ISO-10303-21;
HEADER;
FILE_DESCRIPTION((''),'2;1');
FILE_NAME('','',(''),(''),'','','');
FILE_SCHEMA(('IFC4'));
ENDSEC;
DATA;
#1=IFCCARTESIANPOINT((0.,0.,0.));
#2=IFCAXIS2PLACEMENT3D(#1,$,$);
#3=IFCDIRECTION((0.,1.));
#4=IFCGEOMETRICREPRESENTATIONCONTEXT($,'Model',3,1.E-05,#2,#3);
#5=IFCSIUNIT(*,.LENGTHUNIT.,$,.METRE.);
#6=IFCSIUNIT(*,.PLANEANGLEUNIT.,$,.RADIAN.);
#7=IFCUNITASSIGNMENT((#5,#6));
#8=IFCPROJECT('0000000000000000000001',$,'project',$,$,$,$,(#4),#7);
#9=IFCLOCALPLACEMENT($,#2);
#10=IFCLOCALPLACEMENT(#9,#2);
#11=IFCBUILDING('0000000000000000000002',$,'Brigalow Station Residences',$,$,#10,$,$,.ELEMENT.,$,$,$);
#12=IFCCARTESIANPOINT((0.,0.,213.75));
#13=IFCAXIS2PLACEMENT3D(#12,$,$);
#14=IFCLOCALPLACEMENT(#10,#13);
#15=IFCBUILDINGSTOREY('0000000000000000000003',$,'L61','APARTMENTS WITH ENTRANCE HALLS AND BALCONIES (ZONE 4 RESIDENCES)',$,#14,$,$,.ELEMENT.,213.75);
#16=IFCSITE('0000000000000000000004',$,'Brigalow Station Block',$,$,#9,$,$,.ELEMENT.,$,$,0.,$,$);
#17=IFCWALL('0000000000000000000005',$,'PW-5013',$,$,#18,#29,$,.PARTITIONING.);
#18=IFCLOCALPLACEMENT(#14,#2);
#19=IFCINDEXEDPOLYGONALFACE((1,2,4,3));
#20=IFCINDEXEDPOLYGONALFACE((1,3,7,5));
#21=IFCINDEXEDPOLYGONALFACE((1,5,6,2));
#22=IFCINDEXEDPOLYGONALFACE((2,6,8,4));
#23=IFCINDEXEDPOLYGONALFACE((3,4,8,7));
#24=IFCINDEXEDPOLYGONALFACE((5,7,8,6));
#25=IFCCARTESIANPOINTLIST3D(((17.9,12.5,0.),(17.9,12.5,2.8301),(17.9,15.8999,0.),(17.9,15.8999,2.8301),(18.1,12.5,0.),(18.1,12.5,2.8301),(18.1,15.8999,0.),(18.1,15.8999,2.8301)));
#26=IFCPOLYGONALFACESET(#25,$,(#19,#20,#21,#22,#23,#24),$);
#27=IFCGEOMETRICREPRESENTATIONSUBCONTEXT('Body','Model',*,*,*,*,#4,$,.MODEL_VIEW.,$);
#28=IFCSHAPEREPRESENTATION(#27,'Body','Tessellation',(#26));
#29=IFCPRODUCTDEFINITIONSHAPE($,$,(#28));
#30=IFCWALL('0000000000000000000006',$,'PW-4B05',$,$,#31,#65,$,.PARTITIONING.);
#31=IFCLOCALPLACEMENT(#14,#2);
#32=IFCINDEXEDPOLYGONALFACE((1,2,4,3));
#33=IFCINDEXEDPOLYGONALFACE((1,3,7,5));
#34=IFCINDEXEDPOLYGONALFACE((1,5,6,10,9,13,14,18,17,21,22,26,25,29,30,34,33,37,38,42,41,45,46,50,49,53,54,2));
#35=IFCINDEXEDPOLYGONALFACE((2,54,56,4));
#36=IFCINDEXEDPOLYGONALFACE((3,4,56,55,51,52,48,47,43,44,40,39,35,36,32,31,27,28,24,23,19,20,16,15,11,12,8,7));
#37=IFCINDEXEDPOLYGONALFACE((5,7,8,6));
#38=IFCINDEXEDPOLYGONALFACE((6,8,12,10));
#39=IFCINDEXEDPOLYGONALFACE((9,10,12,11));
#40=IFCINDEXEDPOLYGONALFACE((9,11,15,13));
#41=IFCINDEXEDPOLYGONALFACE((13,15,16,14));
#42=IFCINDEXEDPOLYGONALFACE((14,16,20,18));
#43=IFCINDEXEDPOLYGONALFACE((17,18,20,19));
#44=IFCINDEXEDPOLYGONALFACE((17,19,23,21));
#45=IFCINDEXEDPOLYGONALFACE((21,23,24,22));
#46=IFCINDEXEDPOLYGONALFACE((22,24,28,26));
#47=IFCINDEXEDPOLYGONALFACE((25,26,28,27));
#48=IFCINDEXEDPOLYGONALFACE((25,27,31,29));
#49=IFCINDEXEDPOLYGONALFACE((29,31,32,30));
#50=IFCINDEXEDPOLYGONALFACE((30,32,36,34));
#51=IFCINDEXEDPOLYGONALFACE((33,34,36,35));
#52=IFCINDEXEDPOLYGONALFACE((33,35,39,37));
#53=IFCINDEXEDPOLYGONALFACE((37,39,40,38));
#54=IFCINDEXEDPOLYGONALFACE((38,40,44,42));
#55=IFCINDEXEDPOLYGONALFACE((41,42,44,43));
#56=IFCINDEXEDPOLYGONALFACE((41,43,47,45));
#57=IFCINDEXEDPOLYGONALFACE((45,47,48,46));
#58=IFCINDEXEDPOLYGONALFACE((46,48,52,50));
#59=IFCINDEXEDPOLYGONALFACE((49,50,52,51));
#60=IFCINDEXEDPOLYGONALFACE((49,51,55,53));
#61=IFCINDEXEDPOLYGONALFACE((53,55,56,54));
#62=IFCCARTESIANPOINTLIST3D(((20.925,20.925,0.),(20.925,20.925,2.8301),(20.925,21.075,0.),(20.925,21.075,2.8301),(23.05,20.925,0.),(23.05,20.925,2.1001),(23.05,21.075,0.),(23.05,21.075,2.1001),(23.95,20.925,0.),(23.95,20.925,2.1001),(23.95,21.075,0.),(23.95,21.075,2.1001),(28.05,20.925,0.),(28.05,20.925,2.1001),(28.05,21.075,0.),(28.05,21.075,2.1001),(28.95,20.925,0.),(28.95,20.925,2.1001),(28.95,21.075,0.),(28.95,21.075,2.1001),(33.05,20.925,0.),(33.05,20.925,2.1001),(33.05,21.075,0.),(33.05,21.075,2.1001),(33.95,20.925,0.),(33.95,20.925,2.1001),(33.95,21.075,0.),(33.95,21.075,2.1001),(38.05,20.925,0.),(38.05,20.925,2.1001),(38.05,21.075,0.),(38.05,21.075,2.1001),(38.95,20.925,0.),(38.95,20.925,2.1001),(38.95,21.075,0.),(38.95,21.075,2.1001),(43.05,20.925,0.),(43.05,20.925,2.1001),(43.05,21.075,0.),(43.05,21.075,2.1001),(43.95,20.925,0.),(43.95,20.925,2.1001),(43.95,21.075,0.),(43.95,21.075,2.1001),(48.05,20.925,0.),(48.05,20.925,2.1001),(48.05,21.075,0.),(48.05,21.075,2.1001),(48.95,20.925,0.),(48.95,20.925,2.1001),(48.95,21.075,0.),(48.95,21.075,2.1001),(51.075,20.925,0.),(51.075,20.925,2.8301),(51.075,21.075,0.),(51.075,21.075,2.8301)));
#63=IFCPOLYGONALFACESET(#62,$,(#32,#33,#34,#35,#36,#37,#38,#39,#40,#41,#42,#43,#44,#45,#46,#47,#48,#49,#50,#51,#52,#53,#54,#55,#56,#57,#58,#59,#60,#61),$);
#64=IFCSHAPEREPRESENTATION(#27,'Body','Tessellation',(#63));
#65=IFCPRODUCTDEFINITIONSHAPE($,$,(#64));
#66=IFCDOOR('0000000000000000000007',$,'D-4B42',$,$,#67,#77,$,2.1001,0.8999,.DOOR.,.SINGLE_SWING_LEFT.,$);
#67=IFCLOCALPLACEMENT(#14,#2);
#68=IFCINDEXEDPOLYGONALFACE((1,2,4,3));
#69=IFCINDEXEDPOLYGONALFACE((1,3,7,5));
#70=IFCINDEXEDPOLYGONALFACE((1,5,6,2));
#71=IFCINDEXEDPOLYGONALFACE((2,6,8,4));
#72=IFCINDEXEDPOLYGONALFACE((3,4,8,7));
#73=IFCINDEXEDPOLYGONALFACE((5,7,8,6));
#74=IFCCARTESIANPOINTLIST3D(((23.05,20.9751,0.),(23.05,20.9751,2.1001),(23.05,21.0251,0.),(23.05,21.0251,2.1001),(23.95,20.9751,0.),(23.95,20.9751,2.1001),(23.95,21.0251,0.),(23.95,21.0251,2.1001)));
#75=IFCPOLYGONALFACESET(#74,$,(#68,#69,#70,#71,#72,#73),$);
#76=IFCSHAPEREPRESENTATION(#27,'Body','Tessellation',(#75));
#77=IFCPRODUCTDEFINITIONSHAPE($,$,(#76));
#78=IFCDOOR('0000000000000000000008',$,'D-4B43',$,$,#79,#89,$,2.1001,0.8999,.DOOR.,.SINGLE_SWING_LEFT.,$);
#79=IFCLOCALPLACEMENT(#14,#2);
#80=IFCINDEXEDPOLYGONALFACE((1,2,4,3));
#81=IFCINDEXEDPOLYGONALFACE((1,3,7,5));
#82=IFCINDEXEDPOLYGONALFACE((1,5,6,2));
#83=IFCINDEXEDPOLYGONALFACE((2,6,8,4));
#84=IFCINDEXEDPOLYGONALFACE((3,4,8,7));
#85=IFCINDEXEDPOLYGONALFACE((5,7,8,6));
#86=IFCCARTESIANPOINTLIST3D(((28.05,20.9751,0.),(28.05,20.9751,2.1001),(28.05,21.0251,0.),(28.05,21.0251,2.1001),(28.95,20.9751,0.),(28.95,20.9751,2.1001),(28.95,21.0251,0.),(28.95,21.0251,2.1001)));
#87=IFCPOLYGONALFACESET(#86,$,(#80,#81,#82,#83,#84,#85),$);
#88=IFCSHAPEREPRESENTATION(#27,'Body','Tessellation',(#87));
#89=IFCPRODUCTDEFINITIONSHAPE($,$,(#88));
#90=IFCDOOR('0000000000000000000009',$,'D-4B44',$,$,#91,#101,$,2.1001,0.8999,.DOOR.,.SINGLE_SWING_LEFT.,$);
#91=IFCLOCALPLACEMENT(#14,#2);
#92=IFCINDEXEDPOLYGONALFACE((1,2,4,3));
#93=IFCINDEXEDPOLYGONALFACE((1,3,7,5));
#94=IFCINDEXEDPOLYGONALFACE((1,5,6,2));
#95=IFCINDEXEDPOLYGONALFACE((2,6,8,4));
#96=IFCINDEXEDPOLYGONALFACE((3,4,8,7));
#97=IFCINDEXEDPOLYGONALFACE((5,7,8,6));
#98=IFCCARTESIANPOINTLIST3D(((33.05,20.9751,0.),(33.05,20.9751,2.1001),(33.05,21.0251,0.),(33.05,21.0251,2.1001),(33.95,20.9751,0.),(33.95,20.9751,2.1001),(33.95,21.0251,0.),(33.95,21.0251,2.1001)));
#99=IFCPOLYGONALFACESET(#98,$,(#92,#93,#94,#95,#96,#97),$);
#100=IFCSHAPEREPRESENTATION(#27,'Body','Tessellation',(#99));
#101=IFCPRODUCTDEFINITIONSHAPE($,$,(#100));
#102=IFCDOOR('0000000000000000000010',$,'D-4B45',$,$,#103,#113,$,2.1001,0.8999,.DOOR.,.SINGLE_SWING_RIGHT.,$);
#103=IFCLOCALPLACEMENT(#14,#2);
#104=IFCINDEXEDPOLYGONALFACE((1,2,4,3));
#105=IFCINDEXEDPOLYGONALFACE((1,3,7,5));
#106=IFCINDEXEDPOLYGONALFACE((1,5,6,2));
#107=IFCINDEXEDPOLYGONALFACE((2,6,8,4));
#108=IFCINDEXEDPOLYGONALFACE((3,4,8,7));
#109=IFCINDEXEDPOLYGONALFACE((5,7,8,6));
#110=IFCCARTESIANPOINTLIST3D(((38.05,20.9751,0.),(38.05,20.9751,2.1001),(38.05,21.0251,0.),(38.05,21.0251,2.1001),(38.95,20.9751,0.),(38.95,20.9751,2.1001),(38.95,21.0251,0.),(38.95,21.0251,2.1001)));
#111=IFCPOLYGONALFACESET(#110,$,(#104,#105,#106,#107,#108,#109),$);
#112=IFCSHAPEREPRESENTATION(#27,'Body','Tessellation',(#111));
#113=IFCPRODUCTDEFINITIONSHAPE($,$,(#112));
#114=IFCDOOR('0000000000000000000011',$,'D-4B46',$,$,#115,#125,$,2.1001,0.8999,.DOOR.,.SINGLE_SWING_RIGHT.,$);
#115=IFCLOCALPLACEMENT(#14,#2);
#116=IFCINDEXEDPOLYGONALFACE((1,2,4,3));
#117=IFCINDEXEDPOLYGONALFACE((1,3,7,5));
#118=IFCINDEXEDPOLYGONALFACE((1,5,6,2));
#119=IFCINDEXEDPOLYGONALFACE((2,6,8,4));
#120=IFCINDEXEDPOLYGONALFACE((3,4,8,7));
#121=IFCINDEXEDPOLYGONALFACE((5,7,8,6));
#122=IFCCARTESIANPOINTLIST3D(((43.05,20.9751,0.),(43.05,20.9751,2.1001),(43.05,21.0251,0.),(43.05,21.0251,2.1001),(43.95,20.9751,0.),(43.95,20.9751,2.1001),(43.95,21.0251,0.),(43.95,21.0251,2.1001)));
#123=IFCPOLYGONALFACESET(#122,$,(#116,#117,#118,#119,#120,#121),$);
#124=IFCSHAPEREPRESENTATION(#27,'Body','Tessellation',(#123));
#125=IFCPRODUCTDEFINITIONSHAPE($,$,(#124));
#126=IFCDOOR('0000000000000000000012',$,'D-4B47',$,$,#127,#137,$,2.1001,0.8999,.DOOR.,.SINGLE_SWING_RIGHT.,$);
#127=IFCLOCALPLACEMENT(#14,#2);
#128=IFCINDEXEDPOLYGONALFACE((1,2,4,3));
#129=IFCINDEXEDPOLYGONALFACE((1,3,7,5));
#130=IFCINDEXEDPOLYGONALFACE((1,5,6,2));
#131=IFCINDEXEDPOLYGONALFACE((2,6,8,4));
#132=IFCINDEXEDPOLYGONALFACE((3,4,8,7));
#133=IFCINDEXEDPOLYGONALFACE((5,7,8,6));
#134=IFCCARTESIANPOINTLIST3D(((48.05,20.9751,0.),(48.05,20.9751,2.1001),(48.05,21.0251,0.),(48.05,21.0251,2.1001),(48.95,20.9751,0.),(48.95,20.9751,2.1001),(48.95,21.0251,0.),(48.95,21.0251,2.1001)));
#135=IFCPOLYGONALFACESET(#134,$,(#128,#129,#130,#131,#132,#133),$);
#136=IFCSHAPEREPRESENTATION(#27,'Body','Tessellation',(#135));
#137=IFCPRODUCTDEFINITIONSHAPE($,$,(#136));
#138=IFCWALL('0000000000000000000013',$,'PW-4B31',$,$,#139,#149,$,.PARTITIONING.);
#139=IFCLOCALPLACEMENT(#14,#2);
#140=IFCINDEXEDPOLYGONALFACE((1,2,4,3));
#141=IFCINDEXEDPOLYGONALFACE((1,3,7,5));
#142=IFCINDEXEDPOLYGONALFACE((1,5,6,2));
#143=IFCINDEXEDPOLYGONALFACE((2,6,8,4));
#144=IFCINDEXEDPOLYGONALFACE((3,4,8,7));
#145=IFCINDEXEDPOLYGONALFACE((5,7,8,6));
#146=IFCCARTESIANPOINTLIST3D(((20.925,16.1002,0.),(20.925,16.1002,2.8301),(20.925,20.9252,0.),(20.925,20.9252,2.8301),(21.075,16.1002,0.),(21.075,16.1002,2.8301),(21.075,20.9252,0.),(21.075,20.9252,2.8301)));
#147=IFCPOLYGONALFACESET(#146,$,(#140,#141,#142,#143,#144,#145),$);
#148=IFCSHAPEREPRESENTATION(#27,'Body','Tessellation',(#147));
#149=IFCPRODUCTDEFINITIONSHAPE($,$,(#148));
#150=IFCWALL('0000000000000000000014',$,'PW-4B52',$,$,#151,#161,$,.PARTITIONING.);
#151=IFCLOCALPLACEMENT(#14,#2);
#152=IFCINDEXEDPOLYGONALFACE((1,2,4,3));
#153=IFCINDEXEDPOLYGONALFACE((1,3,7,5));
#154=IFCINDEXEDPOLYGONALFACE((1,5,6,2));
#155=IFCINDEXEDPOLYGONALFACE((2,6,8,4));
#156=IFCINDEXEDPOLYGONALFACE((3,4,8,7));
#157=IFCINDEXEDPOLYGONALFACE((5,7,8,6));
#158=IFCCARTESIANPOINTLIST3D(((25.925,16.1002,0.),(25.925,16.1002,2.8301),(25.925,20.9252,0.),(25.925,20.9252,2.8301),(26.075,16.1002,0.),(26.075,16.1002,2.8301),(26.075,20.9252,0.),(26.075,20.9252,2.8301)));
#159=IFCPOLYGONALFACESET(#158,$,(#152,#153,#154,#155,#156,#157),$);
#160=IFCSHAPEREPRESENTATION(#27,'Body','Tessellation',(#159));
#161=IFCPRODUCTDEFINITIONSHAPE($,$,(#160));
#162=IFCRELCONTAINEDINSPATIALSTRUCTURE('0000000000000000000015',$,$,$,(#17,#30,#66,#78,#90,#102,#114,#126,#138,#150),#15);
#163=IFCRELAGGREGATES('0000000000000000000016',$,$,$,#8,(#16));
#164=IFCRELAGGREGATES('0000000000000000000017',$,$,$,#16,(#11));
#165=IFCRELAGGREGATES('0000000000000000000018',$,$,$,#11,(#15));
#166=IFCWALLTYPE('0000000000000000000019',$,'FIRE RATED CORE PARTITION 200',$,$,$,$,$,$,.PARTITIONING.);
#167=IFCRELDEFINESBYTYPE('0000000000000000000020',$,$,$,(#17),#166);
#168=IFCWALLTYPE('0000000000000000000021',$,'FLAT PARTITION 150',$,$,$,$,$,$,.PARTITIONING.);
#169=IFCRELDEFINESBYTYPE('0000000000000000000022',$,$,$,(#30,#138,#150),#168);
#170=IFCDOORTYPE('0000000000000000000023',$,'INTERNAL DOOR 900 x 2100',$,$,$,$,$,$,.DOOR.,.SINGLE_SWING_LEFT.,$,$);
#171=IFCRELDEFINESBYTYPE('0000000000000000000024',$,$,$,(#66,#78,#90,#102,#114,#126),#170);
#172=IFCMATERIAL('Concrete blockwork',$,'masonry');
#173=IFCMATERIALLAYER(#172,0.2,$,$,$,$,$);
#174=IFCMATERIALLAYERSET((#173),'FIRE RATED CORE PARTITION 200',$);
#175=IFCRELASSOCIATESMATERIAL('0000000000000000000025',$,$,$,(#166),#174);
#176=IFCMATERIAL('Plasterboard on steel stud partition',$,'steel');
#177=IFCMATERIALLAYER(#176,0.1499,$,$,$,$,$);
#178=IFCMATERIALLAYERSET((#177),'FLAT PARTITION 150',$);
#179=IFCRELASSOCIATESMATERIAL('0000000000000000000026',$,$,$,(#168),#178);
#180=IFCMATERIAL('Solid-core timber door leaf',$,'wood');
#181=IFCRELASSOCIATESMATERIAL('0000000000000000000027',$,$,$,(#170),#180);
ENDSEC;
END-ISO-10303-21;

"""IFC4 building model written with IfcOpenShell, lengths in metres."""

from ifc_helpers import new_model, si_unit, direction, frame, frame_2d, origin, place, context, subcontext, project, spatial, rectangle, extrude, material, layer, layer_set, type_object, element, fill, save


model = new_model("IFC4")

# Units and contexts
model_context = context("Model", 3, precision=1e-05, world=origin(), true_north=direction((0.0, 1.0)))
body_context = subcontext(model_context, "Body", "Model", "MODEL_VIEW")
ifc_project = project(units=[si_unit("LENGTHUNIT", "METRE"), si_unit("PLANEANGLEUNIT", "RADIAN")], contexts=[model_context])

# Site, building, storey
site_placement = place(None, origin())
site = spatial("IfcSite", under=ifc_project, at=site_placement, Name="Brigalow Station Block", CompositionType="ELEMENT", RefElevation=0.0)
building_placement = place(site_placement, origin())
building = spatial("IfcBuilding", under=site, at=building_placement, Name="Brigalow Station Residences", CompositionType="ELEMENT")
storey_placement = place(building_placement, frame((0.0, 0.0, 213.75)))
storey = spatial("IfcBuildingStorey", under=building, at=storey_placement, Name="L61", Description="APARTMENTS WITH ENTRANCE HALLS AND BALCONIES (ZONE 4 RESIDENCES)", CompositionType="ELEMENT", Elevation=213.75)

# Wall
ifc_material_1 = material(Name="Concrete blockwork", Category="masonry")
ifc_layer_1 = layer(ifc_material_1, 0.2)
ifc_layer_set_1 = layer_set([ifc_layer_1], Name="FIRE RATED CORE PARTITION 200")
wall_type_1 = type_object("IfcWallType", Name="FIRE RATED CORE PARTITION 200", PredefinedType="PARTITIONING", material=ifc_layer_set_1)
wall_1_placement = place(storey_placement, frame((18.0, 12.5, 0.0), z_axis=(0.0, 0.0, 1.0), x_axis=(0.0, 1.0, 0.0)))
element("IfcWall", 1, at=wall_1_placement, inside=storey, type_object=wall_type_1, Name="PW-5013", PredefinedType="PARTITIONING", context=body_context, shape_type="SweptSolid", body=[
    extrude(rectangle(XDim=3.3999, YDim=0.2, at=frame_2d((1.7, 0.0))), origin(), (0.0, 0.0, 1.0), 2.8301),
])

# Wall, openings, doors
ifc_material_2 = material(Name="Plasterboard on steel stud partition", Category="steel")
ifc_layer_2 = layer(ifc_material_2, 0.1499)
ifc_layer_set_2 = layer_set([ifc_layer_2], Name="FLAT PARTITION 150")
wall_type_2 = type_object("IfcWallType", Name="FLAT PARTITION 150", PredefinedType="PARTITIONING", material=ifc_layer_set_2)
wall_2_placement = place(storey_placement, frame((20.925, 21.0, 0.0), z_axis=(0.0, 0.0, 1.0), x_axis=(1.0, 0.0, 0.0)))
wall_2 = element("IfcWall", 2, at=wall_2_placement, inside=storey, type_object=wall_type_2, Name="PW-4B05", PredefinedType="PARTITIONING", context=body_context, shape_type="SweptSolid", body=[
    extrude(rectangle(XDim=30.1499, YDim=0.1499, at=frame_2d((15.075, 0.0))), origin(), (0.0, 0.0, 1.0), 2.8301),
])
opening_1_placement = place(wall_2_placement, frame((2.125, 0.0, 0.0)))
opening_1 = element("IfcOpeningElement", 3, at=opening_1_placement, cuts=wall_2, PredefinedType="OPENING", context=body_context, shape_type="SweptSolid", body=[
    extrude(rectangle(XDim=0.8999, YDim=2.1001, at=frame_2d((0.45, 1.05))), frame((0.0, 0.085, 0.0), z_axis=(0.0, -1.0, 0.0), x_axis=(1.0, 0.0, 0.0)), (0.0, 0.0, 1.0), 0.1699),
])
opening_2_placement = place(wall_2_placement, frame((7.125, 0.0, 0.0)))
opening_2 = element("IfcOpeningElement", 4, at=opening_2_placement, cuts=wall_2, PredefinedType="OPENING", context=body_context, shape_type="SweptSolid", body=[
    extrude(rectangle(XDim=0.8999, YDim=2.1001, at=frame_2d((0.45, 1.05))), frame((0.0, 0.085, 0.0), z_axis=(0.0, -1.0, 0.0), x_axis=(1.0, 0.0, 0.0)), (0.0, 0.0, 1.0), 0.1699),
])
opening_3_placement = place(wall_2_placement, frame((12.125, 0.0, 0.0)))
opening_3 = element("IfcOpeningElement", 5, at=opening_3_placement, cuts=wall_2, PredefinedType="OPENING", context=body_context, shape_type="SweptSolid", body=[
    extrude(rectangle(XDim=0.8999, YDim=2.1001, at=frame_2d((0.45, 1.05))), frame((0.0, 0.085, 0.0), z_axis=(0.0, -1.0, 0.0), x_axis=(1.0, 0.0, 0.0)), (0.0, 0.0, 1.0), 0.1699),
])
opening_4_placement = place(wall_2_placement, frame((17.125, 0.0, 0.0)))
opening_4 = element("IfcOpeningElement", 6, at=opening_4_placement, cuts=wall_2, PredefinedType="OPENING", context=body_context, shape_type="SweptSolid", body=[
    extrude(rectangle(XDim=0.8999, YDim=2.1001, at=frame_2d((0.45, 1.05))), frame((0.0, 0.085, 0.0), z_axis=(0.0, -1.0, 0.0), x_axis=(1.0, 0.0, 0.0)), (0.0, 0.0, 1.0), 0.1699),
])
opening_5_placement = place(wall_2_placement, frame((22.125, 0.0, 0.0)))
opening_5 = element("IfcOpeningElement", 7, at=opening_5_placement, cuts=wall_2, PredefinedType="OPENING", context=body_context, shape_type="SweptSolid", body=[
    extrude(rectangle(XDim=0.8999, YDim=2.1001, at=frame_2d((0.45, 1.05))), frame((0.0, 0.085, 0.0), z_axis=(0.0, -1.0, 0.0), x_axis=(1.0, 0.0, 0.0)), (0.0, 0.0, 1.0), 0.1699),
])
opening_6_placement = place(wall_2_placement, frame((27.125, 0.0, 0.0)))
opening_6 = element("IfcOpeningElement", 8, at=opening_6_placement, cuts=wall_2, PredefinedType="OPENING", context=body_context, shape_type="SweptSolid", body=[
    extrude(rectangle(XDim=0.8999, YDim=2.1001, at=frame_2d((0.45, 1.05))), frame((0.0, 0.085, 0.0), z_axis=(0.0, -1.0, 0.0), x_axis=(1.0, 0.0, 0.0)), (0.0, 0.0, 1.0), 0.1699),
])
ifc_material_3 = material(Name="Solid-core timber door leaf", Category="wood")
door_type_1 = type_object("IfcDoorType", Name="INTERNAL DOOR 900 x 2100", OperationType="SINGLE_SWING_LEFT", PredefinedType="DOOR", material=ifc_material_3)
door_1_placement = place(opening_1_placement, frame((0.8999, 0.0, 0.0), z_axis=(0.0, 0.0, 1.0), x_axis=(-1.0, 0.0, 0.0)))
door_1 = element("IfcDoor", 9, at=door_1_placement, inside=storey, type_object=door_type_1, Name="D-4B42", OperationType="SINGLE_SWING_LEFT", OverallHeight=2.1001, OverallWidth=0.8999, PredefinedType="DOOR", context=body_context, shape_type="SweptSolid", body=[
    extrude(rectangle(XDim=0.8999, YDim=2.1001, at=frame_2d((0.45, 1.05))), frame((0.0, 0.0249, 0.0), z_axis=(0.0, -1.0, 0.0), x_axis=(1.0, 0.0, 0.0)), (0.0, 0.0, 1.0), 0.05),
])
fill(opening_1, door_1)
door_2_placement = place(opening_2_placement, frame((0.8999, 0.0, 0.0), z_axis=(0.0, 0.0, 1.0), x_axis=(-1.0, 0.0, 0.0)))
door_2 = element("IfcDoor", 10, at=door_2_placement, inside=storey, type_object=door_type_1, Name="D-4B43", OperationType="SINGLE_SWING_LEFT", OverallHeight=2.1001, OverallWidth=0.8999, PredefinedType="DOOR", context=body_context, shape_type="SweptSolid", body=[
    extrude(rectangle(XDim=0.8999, YDim=2.1001, at=frame_2d((0.45, 1.05))), frame((0.0, 0.0249, 0.0), z_axis=(0.0, -1.0, 0.0), x_axis=(1.0, 0.0, 0.0)), (0.0, 0.0, 1.0), 0.05),
])
fill(opening_2, door_2)
door_3_placement = place(opening_3_placement, frame((0.8999, 0.0, 0.0), z_axis=(0.0, 0.0, 1.0), x_axis=(-1.0, 0.0, 0.0)))
door_3 = element("IfcDoor", 11, at=door_3_placement, inside=storey, type_object=door_type_1, Name="D-4B44", OperationType="SINGLE_SWING_LEFT", OverallHeight=2.1001, OverallWidth=0.8999, PredefinedType="DOOR", context=body_context, shape_type="SweptSolid", body=[
    extrude(rectangle(XDim=0.8999, YDim=2.1001, at=frame_2d((0.45, 1.05))), frame((0.0, 0.0249, 0.0), z_axis=(0.0, -1.0, 0.0), x_axis=(1.0, 0.0, 0.0)), (0.0, 0.0, 1.0), 0.05),
])
fill(opening_3, door_3)
door_4_placement = place(opening_4_placement, frame((0.8999, 0.0, 0.0), z_axis=(0.0, 0.0, 1.0), x_axis=(-1.0, 0.0, 0.0)))
door_4 = element("IfcDoor", 12, at=door_4_placement, inside=storey, type_object=door_type_1, Name="D-4B45", OperationType="SINGLE_SWING_RIGHT", OverallHeight=2.1001, OverallWidth=0.8999, PredefinedType="DOOR", context=body_context, shape_type="SweptSolid", body=[
    extrude(rectangle(XDim=0.8999, YDim=2.1001, at=frame_2d((0.45, 1.05))), frame((0.0, 0.0249, 0.0), z_axis=(0.0, -1.0, 0.0), x_axis=(1.0, 0.0, 0.0)), (0.0, 0.0, 1.0), 0.05),
])
fill(opening_4, door_4)
door_5_placement = place(opening_5_placement, frame((0.8999, 0.0, 0.0), z_axis=(0.0, 0.0, 1.0), x_axis=(-1.0, 0.0, 0.0)))
door_5 = element("IfcDoor", 13, at=door_5_placement, inside=storey, type_object=door_type_1, Name="D-4B46", OperationType="SINGLE_SWING_RIGHT", OverallHeight=2.1001, OverallWidth=0.8999, PredefinedType="DOOR", context=body_context, shape_type="SweptSolid", body=[
    extrude(rectangle(XDim=0.8999, YDim=2.1001, at=frame_2d((0.45, 1.05))), frame((0.0, 0.0249, 0.0), z_axis=(0.0, -1.0, 0.0), x_axis=(1.0, 0.0, 0.0)), (0.0, 0.0, 1.0), 0.05),
])
fill(opening_5, door_5)
door_6_placement = place(opening_6_placement, frame((0.8999, 0.0, 0.0), z_axis=(0.0, 0.0, 1.0), x_axis=(-1.0, 0.0, 0.0)))
door_6 = element("IfcDoor", 14, at=door_6_placement, inside=storey, type_object=door_type_1, Name="D-4B47", OperationType="SINGLE_SWING_RIGHT", OverallHeight=2.1001, OverallWidth=0.8999, PredefinedType="DOOR", context=body_context, shape_type="SweptSolid", body=[
    extrude(rectangle(XDim=0.8999, YDim=2.1001, at=frame_2d((0.45, 1.05))), frame((0.0, 0.0249, 0.0), z_axis=(0.0, -1.0, 0.0), x_axis=(1.0, 0.0, 0.0)), (0.0, 0.0, 1.0), 0.05),
])
fill(opening_6, door_6)

# Walls
for number, where, z_axis, x_axis, name in (
    (15, (21.0, 16.1001, 0.0), (0.0, 0.0, 1.0), (0.0, 1.0, 0.0), "PW-4B31"),
    (16, (26.0, 16.1001, 0.0), (0.0, 0.0, 1.0), (0.0, 1.0, 0.0), "PW-4B52"),
):
    element("IfcWall", number, at=place(storey_placement, frame(where, z_axis=z_axis, x_axis=x_axis)), inside=storey, type_object=wall_type_2, Name=name, PredefinedType="PARTITIONING", context=body_context, shape_type="SweptSolid", body=[
        extrude(rectangle(XDim=4.825, YDim=0.1499, at=frame_2d((2.4126, 0.0))), origin(), (0.0, 0.0, 1.0), 2.8301),
    ])

save(model, "model.ifc")
